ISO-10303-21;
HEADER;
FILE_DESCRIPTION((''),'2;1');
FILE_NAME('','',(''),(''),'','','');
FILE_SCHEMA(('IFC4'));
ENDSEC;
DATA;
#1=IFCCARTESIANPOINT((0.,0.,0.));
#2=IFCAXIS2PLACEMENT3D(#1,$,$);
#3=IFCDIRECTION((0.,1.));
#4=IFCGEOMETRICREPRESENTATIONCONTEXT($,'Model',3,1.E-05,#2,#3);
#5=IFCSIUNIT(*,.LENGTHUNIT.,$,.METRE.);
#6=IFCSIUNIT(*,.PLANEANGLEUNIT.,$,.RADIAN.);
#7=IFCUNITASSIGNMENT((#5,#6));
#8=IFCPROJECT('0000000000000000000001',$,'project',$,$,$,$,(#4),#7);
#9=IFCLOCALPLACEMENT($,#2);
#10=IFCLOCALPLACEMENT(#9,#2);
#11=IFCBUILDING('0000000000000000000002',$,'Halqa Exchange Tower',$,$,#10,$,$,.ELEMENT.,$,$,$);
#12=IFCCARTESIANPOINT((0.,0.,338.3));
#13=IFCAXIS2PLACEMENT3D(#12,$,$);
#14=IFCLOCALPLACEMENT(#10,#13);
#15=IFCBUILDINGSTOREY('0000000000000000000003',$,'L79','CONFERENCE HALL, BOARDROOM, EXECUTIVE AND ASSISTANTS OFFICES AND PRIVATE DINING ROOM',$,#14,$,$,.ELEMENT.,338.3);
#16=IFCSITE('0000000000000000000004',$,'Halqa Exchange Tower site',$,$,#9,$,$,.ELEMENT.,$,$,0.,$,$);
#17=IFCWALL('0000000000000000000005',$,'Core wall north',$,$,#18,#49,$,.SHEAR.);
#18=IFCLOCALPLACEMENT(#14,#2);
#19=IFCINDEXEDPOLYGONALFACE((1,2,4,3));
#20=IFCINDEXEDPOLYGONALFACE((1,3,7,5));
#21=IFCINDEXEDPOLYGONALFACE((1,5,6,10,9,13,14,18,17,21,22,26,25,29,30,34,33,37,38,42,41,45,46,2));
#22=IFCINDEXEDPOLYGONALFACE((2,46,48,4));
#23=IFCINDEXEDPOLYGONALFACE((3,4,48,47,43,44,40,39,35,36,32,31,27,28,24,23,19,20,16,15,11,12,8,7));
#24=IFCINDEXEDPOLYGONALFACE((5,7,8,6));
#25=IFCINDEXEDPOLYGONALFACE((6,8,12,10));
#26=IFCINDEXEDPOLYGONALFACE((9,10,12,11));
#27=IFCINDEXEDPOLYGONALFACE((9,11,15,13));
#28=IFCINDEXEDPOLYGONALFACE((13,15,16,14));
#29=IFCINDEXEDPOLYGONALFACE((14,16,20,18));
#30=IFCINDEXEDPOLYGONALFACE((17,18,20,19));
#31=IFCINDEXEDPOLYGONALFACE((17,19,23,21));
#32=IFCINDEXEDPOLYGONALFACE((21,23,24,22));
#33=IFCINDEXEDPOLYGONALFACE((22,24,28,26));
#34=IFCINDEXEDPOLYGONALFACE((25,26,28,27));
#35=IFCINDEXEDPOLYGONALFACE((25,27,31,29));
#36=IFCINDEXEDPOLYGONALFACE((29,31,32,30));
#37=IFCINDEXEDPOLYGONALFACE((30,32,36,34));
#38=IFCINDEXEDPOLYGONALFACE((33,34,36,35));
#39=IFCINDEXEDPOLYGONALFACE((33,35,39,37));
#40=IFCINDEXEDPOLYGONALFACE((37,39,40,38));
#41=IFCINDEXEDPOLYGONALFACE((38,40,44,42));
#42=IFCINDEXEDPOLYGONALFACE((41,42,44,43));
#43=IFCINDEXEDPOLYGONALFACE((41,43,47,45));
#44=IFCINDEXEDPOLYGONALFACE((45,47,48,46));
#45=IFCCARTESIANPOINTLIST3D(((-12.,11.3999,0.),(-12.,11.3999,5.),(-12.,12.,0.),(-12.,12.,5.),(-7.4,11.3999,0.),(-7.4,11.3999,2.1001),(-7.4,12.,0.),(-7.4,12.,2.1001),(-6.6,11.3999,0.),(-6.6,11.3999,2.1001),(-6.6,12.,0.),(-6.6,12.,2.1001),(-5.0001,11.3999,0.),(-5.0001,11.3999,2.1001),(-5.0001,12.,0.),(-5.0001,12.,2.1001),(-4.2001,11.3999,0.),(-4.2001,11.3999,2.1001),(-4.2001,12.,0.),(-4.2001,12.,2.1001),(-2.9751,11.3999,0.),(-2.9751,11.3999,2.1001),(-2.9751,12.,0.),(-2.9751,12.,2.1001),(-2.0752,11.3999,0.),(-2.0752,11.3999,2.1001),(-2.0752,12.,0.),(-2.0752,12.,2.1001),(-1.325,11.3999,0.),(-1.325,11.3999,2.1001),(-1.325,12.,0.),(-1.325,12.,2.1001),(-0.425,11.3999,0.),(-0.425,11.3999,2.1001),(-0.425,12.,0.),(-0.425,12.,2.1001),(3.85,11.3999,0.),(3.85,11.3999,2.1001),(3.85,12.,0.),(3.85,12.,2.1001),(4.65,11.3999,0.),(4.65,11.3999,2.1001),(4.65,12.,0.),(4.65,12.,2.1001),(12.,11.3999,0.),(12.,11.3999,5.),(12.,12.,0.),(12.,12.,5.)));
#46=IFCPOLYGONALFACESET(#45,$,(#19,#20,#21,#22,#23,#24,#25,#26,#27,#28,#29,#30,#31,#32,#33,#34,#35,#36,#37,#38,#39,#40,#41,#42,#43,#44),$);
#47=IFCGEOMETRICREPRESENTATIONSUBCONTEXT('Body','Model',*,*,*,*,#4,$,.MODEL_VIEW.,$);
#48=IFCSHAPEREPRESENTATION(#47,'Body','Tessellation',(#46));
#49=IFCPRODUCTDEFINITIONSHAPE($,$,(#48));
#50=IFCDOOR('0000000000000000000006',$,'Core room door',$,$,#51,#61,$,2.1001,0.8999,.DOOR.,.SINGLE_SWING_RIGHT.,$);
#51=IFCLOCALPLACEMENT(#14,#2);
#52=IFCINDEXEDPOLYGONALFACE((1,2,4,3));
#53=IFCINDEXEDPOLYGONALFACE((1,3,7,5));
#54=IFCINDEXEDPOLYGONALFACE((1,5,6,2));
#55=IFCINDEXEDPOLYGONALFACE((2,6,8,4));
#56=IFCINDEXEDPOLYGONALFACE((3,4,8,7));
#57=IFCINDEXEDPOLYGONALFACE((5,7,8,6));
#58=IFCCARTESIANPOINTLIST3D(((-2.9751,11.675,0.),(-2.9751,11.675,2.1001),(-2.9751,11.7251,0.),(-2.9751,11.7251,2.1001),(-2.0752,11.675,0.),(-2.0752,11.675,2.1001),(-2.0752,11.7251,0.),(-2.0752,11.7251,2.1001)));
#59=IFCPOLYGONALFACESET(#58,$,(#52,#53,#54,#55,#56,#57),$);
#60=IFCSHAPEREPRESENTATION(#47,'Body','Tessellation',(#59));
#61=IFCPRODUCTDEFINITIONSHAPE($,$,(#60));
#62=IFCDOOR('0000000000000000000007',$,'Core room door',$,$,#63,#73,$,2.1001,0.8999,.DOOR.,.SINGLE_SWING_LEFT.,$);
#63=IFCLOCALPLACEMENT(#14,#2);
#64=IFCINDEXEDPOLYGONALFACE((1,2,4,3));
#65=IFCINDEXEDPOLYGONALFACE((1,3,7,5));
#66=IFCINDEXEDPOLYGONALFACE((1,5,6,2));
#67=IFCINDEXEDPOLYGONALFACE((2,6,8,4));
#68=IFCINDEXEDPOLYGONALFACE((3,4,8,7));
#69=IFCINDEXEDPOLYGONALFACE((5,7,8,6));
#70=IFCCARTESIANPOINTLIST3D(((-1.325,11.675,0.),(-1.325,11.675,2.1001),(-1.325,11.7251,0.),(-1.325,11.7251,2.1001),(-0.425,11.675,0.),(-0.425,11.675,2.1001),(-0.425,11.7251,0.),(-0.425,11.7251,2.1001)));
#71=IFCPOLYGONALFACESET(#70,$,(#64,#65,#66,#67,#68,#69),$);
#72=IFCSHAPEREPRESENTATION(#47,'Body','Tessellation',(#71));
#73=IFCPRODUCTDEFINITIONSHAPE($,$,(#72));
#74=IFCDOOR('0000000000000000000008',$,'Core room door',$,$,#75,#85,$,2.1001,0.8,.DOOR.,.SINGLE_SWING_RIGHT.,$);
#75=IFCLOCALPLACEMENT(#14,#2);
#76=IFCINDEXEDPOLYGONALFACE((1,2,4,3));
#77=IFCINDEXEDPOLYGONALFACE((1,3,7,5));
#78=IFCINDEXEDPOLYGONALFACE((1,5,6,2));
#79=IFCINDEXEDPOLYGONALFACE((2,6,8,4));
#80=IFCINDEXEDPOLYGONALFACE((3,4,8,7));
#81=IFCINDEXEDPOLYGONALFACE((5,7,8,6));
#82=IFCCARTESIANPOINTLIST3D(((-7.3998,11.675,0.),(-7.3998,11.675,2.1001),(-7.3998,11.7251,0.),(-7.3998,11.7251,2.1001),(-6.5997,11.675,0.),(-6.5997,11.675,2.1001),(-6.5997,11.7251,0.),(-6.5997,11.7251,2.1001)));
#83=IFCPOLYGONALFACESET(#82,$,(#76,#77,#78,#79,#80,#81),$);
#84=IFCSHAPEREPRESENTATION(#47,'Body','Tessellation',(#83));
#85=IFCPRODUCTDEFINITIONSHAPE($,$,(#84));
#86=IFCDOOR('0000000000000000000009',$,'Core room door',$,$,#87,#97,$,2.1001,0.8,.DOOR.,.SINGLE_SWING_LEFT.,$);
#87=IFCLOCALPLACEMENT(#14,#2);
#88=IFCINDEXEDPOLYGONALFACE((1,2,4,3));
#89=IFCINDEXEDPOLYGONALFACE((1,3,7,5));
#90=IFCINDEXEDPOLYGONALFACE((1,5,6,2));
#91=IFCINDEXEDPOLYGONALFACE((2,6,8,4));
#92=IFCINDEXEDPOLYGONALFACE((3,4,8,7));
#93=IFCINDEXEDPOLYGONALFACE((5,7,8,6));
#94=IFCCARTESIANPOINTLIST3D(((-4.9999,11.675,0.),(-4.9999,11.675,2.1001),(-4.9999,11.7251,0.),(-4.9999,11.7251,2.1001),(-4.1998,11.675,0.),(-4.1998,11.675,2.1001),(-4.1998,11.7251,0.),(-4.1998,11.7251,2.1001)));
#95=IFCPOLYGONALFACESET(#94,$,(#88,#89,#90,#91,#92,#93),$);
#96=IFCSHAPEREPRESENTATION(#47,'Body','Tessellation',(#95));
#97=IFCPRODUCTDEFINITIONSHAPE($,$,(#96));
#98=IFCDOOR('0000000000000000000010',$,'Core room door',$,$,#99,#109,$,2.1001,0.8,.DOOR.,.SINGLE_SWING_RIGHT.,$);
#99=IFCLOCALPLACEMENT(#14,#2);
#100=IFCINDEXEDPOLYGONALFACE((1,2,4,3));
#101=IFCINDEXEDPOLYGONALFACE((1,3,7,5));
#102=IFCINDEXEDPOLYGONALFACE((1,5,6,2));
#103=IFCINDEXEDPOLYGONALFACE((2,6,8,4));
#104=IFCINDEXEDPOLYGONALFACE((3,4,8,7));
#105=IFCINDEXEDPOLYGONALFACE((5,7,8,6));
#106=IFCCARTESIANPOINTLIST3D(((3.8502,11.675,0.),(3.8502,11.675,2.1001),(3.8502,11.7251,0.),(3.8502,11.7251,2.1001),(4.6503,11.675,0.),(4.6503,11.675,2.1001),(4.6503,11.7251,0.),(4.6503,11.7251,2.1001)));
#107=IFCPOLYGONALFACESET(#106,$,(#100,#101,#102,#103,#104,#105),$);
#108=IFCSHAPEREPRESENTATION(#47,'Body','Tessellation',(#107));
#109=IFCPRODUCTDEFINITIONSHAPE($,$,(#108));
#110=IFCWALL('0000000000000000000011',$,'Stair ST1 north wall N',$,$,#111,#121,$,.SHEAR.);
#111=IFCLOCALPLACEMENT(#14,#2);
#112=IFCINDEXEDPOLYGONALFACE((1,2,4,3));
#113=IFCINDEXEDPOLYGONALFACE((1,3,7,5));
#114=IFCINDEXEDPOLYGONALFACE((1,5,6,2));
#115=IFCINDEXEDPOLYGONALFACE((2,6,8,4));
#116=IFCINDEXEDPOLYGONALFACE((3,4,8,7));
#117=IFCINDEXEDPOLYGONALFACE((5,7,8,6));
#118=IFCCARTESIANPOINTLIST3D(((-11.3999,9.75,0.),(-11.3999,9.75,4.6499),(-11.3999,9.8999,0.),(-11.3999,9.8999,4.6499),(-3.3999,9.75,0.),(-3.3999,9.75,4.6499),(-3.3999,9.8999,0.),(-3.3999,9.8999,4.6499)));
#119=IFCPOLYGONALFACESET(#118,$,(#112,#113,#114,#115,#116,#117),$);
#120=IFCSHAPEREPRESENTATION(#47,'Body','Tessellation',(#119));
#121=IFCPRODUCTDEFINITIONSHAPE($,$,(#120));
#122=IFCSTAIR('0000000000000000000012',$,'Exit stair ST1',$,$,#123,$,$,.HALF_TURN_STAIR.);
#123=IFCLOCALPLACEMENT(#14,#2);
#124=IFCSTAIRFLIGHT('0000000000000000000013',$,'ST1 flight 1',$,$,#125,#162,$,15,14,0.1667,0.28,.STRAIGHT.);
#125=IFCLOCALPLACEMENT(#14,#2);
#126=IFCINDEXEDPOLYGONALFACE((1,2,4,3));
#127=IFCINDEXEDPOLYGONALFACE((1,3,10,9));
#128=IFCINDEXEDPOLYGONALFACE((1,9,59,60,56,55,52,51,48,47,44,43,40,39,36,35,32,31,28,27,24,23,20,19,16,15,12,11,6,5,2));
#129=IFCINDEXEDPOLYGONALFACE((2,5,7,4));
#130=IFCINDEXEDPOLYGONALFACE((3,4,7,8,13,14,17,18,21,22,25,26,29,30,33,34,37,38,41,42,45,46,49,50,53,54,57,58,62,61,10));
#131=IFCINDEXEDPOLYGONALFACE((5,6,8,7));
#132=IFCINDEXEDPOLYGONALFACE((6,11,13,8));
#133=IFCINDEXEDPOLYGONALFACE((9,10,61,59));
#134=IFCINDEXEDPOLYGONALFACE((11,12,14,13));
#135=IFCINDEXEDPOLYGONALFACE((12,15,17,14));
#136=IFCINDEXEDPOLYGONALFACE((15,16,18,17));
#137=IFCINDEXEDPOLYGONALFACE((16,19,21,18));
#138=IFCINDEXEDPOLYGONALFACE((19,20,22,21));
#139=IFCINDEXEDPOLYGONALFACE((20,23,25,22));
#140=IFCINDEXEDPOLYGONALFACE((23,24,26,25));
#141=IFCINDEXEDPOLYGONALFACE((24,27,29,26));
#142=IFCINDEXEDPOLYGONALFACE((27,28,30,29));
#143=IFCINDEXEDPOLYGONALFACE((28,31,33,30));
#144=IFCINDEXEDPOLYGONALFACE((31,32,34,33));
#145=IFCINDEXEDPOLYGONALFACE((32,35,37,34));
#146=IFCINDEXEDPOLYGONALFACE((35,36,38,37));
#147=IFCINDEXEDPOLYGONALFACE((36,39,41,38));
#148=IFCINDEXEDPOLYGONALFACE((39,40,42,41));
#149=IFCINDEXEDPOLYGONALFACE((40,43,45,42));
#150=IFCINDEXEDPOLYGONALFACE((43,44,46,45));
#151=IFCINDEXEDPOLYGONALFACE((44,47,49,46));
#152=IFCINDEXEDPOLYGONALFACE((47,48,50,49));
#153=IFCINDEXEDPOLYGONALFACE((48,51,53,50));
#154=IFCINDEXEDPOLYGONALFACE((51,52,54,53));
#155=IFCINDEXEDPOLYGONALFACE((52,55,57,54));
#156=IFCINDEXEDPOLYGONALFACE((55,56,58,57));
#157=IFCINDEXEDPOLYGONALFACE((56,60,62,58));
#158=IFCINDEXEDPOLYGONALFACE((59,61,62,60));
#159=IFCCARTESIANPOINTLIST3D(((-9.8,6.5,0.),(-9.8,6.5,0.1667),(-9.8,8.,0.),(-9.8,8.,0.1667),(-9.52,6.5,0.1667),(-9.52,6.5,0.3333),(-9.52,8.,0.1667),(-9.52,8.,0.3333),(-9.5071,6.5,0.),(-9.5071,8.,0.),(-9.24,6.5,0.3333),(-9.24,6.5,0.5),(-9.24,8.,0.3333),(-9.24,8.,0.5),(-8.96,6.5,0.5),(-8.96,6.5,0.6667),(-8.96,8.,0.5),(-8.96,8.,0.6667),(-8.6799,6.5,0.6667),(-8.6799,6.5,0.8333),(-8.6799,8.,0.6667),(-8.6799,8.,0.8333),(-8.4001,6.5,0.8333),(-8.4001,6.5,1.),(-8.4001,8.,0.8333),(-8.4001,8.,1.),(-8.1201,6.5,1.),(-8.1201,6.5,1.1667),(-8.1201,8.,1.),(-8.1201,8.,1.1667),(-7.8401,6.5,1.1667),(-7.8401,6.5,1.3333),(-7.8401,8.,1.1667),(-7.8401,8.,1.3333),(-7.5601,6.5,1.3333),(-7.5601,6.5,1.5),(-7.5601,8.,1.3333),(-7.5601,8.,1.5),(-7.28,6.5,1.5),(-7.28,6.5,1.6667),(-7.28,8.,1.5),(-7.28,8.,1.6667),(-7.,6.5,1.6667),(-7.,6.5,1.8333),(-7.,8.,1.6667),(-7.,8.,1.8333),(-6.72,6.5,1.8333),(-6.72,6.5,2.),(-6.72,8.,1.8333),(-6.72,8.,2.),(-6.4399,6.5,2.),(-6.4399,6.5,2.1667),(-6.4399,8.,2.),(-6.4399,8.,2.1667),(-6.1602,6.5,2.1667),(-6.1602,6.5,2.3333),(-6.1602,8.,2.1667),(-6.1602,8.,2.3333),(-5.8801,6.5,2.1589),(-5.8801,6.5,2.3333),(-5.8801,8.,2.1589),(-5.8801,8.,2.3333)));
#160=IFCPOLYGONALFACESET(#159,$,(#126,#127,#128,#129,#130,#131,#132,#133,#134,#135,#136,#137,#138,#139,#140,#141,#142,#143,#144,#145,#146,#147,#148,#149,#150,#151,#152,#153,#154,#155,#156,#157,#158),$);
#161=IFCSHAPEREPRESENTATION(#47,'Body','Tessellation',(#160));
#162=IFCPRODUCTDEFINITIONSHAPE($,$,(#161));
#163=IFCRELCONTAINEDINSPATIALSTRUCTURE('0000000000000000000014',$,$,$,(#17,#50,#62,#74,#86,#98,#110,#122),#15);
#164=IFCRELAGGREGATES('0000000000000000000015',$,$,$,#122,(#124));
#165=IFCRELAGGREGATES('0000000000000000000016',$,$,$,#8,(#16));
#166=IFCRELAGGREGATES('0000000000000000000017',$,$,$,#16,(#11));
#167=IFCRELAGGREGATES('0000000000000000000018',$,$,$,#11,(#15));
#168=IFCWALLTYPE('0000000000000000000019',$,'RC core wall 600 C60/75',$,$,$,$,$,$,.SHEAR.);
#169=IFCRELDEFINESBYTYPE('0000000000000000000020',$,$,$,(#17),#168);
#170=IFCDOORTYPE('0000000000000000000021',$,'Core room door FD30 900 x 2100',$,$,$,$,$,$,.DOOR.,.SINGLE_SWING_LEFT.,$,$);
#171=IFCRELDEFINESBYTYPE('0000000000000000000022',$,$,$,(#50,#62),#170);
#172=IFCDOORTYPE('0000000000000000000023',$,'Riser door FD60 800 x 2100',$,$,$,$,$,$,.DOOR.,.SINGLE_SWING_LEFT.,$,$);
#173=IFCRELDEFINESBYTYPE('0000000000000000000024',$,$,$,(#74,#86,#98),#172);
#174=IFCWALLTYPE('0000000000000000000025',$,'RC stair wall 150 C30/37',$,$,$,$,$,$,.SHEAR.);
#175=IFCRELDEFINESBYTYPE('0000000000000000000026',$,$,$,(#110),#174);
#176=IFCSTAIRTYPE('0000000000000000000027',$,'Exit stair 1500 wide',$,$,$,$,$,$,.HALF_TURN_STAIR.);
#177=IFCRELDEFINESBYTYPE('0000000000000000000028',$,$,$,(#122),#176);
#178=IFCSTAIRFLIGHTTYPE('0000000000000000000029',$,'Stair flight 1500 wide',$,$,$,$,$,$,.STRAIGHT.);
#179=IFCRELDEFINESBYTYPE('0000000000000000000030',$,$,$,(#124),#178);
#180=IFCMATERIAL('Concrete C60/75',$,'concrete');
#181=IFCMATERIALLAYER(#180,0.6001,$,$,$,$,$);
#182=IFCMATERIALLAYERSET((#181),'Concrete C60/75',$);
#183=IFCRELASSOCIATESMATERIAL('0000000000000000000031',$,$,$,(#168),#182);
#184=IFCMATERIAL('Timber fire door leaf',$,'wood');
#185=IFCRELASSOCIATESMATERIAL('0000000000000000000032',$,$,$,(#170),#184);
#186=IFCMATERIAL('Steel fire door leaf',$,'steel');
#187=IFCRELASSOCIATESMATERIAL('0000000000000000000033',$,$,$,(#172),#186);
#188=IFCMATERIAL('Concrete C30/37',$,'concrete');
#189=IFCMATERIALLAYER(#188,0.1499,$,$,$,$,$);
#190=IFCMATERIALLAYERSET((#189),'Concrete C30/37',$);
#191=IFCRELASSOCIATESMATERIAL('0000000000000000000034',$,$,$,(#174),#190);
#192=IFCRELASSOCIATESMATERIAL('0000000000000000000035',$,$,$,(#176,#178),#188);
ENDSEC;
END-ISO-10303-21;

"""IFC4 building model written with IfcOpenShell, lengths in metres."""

from ifc_helpers import new_model, si_unit, direction, frame, frame_2d, origin, place, context, subcontext, project, spatial, polyline, rectangle, outline, extrude, material, layer, layer_set, type_object, element, fill, aggregate, save


model = new_model("IFC4")

# Units and contexts
model_context = context("Model", 3, precision=1e-05, world=origin(), true_north=direction((0.0, 1.0)))
body_context = subcontext(model_context, "Body", "Model", "MODEL_VIEW")
ifc_project = project(units=[si_unit("LENGTHUNIT", "METRE"), si_unit("PLANEANGLEUNIT", "RADIAN")], contexts=[model_context])

# Site, building, storey
site_placement = place(None, origin())
site = spatial("IfcSite", under=ifc_project, at=site_placement, Name="Halqa Exchange Tower site", CompositionType="ELEMENT", RefElevation=0.0)
building_placement = place(site_placement, origin())
building = spatial("IfcBuilding", under=site, at=building_placement, Name="Halqa Exchange Tower", CompositionType="ELEMENT")
storey_placement = place(building_placement, frame((0.0, 0.0, 338.3)))
storey = spatial("IfcBuildingStorey", under=building, at=storey_placement, Name="L79", Description="CONFERENCE HALL, BOARDROOM, EXECUTIVE AND ASSISTANTS OFFICES AND PRIVATE DINING ROOM", CompositionType="ELEMENT", Elevation=338.3)

# Wall, openings, doors
ifc_material_1 = material(Name="Concrete C60/75", Category="concrete")
ifc_layer_1 = layer(ifc_material_1, 0.6001)
ifc_layer_set_1 = layer_set([ifc_layer_1], Name="Concrete C60/75")
wall_type_1 = type_object("IfcWallType", Name="RC core wall 600 C60/75", PredefinedType="SHEAR", material=ifc_layer_set_1)
wall_1_placement = place(storey_placement, frame((-12.0, 11.7, 0.0), z_axis=(0.0, 0.0, 1.0), x_axis=(1.0, 0.0, 0.0)))
wall_1 = element("IfcWall", 1, at=wall_1_placement, inside=storey, type_object=wall_type_1, Name="Core wall north", PredefinedType="SHEAR", context=body_context, shape_type="SweptSolid", body=[
    extrude(rectangle(XDim=24.0, YDim=0.6001, at=frame_2d((12.0, 0.0))), origin(), (0.0, 0.0, 1.0), 5.0),
])
opening_1_placement = place(wall_1_placement, frame((9.0249, 0.0, 0.0)))
opening_1 = element("IfcOpeningElement", 2, at=opening_1_placement, cuts=wall_1, PredefinedType="OPENING", context=body_context, shape_type="SweptSolid", body=[
    extrude(rectangle(XDim=0.8999, YDim=2.1001, at=frame_2d((0.45, 1.05))), frame((0.0, 0.312, 0.0), z_axis=(0.0, -1.0, 0.0), x_axis=(1.0, 0.0, 0.0)), (0.0, 0.0, 1.0), 0.624),
])
opening_2_placement = place(wall_1_placement, frame((10.675, 0.0, 0.0)))
opening_2 = element("IfcOpeningElement", 3, at=opening_2_placement, cuts=wall_1, PredefinedType="OPENING", context=body_context, shape_type="SweptSolid", body=[
    extrude(rectangle(XDim=0.8999, YDim=2.1001, at=frame_2d((0.45, 1.05))), frame((0.0, 0.312, 0.0), z_axis=(0.0, -1.0, 0.0), x_axis=(1.0, 0.0, 0.0)), (0.0, 0.0, 1.0), 0.624),
])
opening_3_placement = place(wall_1_placement, frame((4.6001, 0.0, 0.0)))
opening_3 = element("IfcOpeningElement", 4, at=opening_3_placement, cuts=wall_1, PredefinedType="OPENING", context=body_context, shape_type="SweptSolid", body=[
    extrude(rectangle(XDim=0.8, YDim=2.1001, at=frame_2d((0.3999, 1.05))), frame((0.0, 0.312, 0.0), z_axis=(0.0, -1.0, 0.0), x_axis=(1.0, 0.0, 0.0)), (0.0, 0.0, 1.0), 0.624),
])
opening_4_placement = place(wall_1_placement, frame((7.0, 0.0, 0.0)))
opening_4 = element("IfcOpeningElement", 5, at=opening_4_placement, cuts=wall_1, PredefinedType="OPENING", context=body_context, shape_type="SweptSolid", body=[
    extrude(rectangle(XDim=0.8, YDim=2.1001, at=frame_2d((0.3999, 1.05))), frame((0.0, 0.312, 0.0), z_axis=(0.0, -1.0, 0.0), x_axis=(1.0, 0.0, 0.0)), (0.0, 0.0, 1.0), 0.624),
])
opening_5_placement = place(wall_1_placement, frame((15.8501, 0.0, 0.0)))
opening_5 = element("IfcOpeningElement", 6, at=opening_5_placement, cuts=wall_1, PredefinedType="OPENING", context=body_context, shape_type="SweptSolid", body=[
    extrude(rectangle(XDim=0.8, YDim=2.1001, at=frame_2d((0.3999, 1.05))), frame((0.0, 0.312, 0.0), z_axis=(0.0, -1.0, 0.0), x_axis=(1.0, 0.0, 0.0)), (0.0, 0.0, 1.0), 0.624),
])
ifc_material_2 = material(Name="Timber fire door leaf", Category="wood")
door_type_1 = type_object("IfcDoorType", Name="Core room door FD30 900 x 2100", OperationType="SINGLE_SWING_LEFT", PredefinedType="DOOR", material=ifc_material_2)
door_1_placement = place(opening_1_placement, frame((0.8999, 0.0, 0.0), z_axis=(0.0, 0.0, 1.0), x_axis=(-1.0, 0.0, 0.0)))
door_1 = element("IfcDoor", 7, at=door_1_placement, inside=storey, type_object=door_type_1, Name="Core room door", OperationType="SINGLE_SWING_RIGHT", OverallHeight=2.1001, OverallWidth=0.8999, PredefinedType="DOOR", context=body_context, shape_type="SweptSolid", body=[
    extrude(rectangle(XDim=0.8999, YDim=2.1001, at=frame_2d((0.45, 1.05))), frame((0.0, 0.0249, 0.0), z_axis=(0.0, -1.0, 0.0), x_axis=(1.0, 0.0, 0.0)), (0.0, 0.0, 1.0), 0.05),
])
fill(opening_1, door_1)
door_2_placement = place(opening_2_placement, frame((0.8999, 0.0, 0.0), z_axis=(0.0, 0.0, 1.0), x_axis=(-1.0, 0.0, 0.0)))
door_2 = element("IfcDoor", 8, at=door_2_placement, inside=storey, type_object=door_type_1, Name="Core room door", OperationType="SINGLE_SWING_LEFT", OverallHeight=2.1001, OverallWidth=0.8999, PredefinedType="DOOR", context=body_context, shape_type="SweptSolid", body=[
    extrude(rectangle(XDim=0.8999, YDim=2.1001, at=frame_2d((0.45, 1.05))), frame((0.0, 0.0249, 0.0), z_axis=(0.0, -1.0, 0.0), x_axis=(1.0, 0.0, 0.0)), (0.0, 0.0, 1.0), 0.05),
])
fill(opening_2, door_2)
ifc_material_3 = material(Name="Steel fire door leaf", Category="steel")
door_type_2 = type_object("IfcDoorType", Name="Riser door FD60 800 x 2100", OperationType="SINGLE_SWING_LEFT", PredefinedType="DOOR", material=ifc_material_3)
door_3_placement = place(opening_3_placement, frame((0.8, 0.0, 0.0), z_axis=(0.0, 0.0, 1.0), x_axis=(-1.0, 0.0, 0.0)))
door_3 = element("IfcDoor", 9, at=door_3_placement, inside=storey, type_object=door_type_2, Name="Core room door", OperationType="SINGLE_SWING_RIGHT", OverallHeight=2.1001, OverallWidth=0.8, PredefinedType="DOOR", context=body_context, shape_type="SweptSolid", body=[
    extrude(rectangle(XDim=0.8, YDim=2.1001, at=frame_2d((0.3999, 1.05))), frame((0.0, 0.0249, 0.0), z_axis=(0.0, -1.0, 0.0), x_axis=(1.0, 0.0, 0.0)), (0.0, 0.0, 1.0), 0.05),
])
fill(opening_3, door_3)
door_4_placement = place(opening_4_placement, frame((0.8, 0.0, 0.0), z_axis=(0.0, 0.0, 1.0), x_axis=(-1.0, 0.0, 0.0)))
door_4 = element("IfcDoor", 10, at=door_4_placement, inside=storey, type_object=door_type_2, Name="Core room door", OperationType="SINGLE_SWING_LEFT", OverallHeight=2.1001, OverallWidth=0.8, PredefinedType="DOOR", context=body_context, shape_type="SweptSolid", body=[
    extrude(rectangle(XDim=0.8, YDim=2.1001, at=frame_2d((0.3999, 1.05))), frame((0.0, 0.0249, 0.0), z_axis=(0.0, -1.0, 0.0), x_axis=(1.0, 0.0, 0.0)), (0.0, 0.0, 1.0), 0.05),
])
fill(opening_4, door_4)
door_5_placement = place(opening_5_placement, frame((0.8, 0.0, 0.0), z_axis=(0.0, 0.0, 1.0), x_axis=(-1.0, 0.0, 0.0)))
door_5 = element("IfcDoor", 11, at=door_5_placement, inside=storey, type_object=door_type_2, Name="Core room door", OperationType="SINGLE_SWING_RIGHT", OverallHeight=2.1001, OverallWidth=0.8, PredefinedType="DOOR", context=body_context, shape_type="SweptSolid", body=[
    extrude(rectangle(XDim=0.8, YDim=2.1001, at=frame_2d((0.3999, 1.05))), frame((0.0, 0.0249, 0.0), z_axis=(0.0, -1.0, 0.0), x_axis=(1.0, 0.0, 0.0)), (0.0, 0.0, 1.0), 0.05),
])
fill(opening_5, door_5)

# Wall
ifc_material_4 = material(Name="Concrete C30/37", Category="concrete")
ifc_layer_2 = layer(ifc_material_4, 0.1499)
ifc_layer_set_2 = layer_set([ifc_layer_2], Name="Concrete C30/37")
wall_type_2 = type_object("IfcWallType", Name="RC stair wall 150 C30/37", PredefinedType="SHEAR", material=ifc_layer_set_2)
wall_2_placement = place(storey_placement, frame((-11.3999, 9.825, 0.0), z_axis=(0.0, 0.0, 1.0), x_axis=(1.0, 0.0, 0.0)))
element("IfcWall", 12, at=wall_2_placement, inside=storey, type_object=wall_type_2, Name="Stair ST1 north wall N", PredefinedType="SHEAR", context=body_context, shape_type="SweptSolid", body=[
    extrude(rectangle(XDim=8.0, YDim=0.1499, at=frame_2d((4.0, 0.0))), origin(), (0.0, 0.0, 1.0), 4.6499),
])

# Stair, stair flight
stair_type = type_object("IfcStairType", Name="Exit stair 1500 wide", PredefinedType="HALF_TURN_STAIR", material=ifc_material_4)
stair_placement = place(storey_placement, origin())
stair = element("IfcStair", 13, at=stair_placement, inside=storey, type_object=stair_type, Name="Exit stair ST1", PredefinedType="HALF_TURN_STAIR")
stair_flight_type = type_object("IfcStairFlightType", Name="Stair flight 1500 wide", PredefinedType="STRAIGHT", material=ifc_material_4)
stair_flight_1_placement = place(storey_placement, frame((-9.8, 7.25, 0.0), z_axis=(0.0, 0.0, 1.0), x_axis=(1.0, 0.0, 0.0)))
stair_flight_1 = element("IfcStairFlight", 14, at=stair_flight_1_placement, type_object=stair_flight_type, Name="ST1 flight 1", NumberOfRisers=15, NumberOfTreads=14, PredefinedType="STRAIGHT", RiserHeight=0.1667, TreadLength=0.28, context=body_context, shape_type="SweptSolid", body=[
    extrude(outline(polyline([(0.0, 0.0), (0.0, 0.1667), (0.28, 0.1667), (0.28, 0.3333), (0.5601, 0.3333), (0.5601, 0.5), (0.8401, 0.5), (0.8401, 0.6667), (1.1201, 0.6667), (1.1201, 0.8333), (1.3999, 0.8333), (1.3999, 1.0), (1.6799, 1.0), (1.6799, 1.1667), (1.96, 1.1667), (1.96, 1.3333), (2.24, 1.3333), (2.24, 1.5), (2.52, 1.5), (2.52, 1.6667), (2.8, 1.6667), (2.8, 1.8333), (3.0801, 1.8333), (3.0801, 2.0), (3.3601, 2.0), (3.3601, 2.1667), (3.6399, 2.1667), (3.6399, 2.3333), (3.9199, 2.3333), (3.9199, 2.5), (3.9199, 2.1589), (0.293, 0.0), (0.0, 0.0)])), frame((0.0, 0.75, 0.0), z_axis=(0.0, -1.0, 0.0), x_axis=(1.0, 0.0, 0.0)), (0.0, 0.0, 1.0), 1.5),
])
aggregate(stair, [stair_flight_1])

save(model, "model.ifc")
